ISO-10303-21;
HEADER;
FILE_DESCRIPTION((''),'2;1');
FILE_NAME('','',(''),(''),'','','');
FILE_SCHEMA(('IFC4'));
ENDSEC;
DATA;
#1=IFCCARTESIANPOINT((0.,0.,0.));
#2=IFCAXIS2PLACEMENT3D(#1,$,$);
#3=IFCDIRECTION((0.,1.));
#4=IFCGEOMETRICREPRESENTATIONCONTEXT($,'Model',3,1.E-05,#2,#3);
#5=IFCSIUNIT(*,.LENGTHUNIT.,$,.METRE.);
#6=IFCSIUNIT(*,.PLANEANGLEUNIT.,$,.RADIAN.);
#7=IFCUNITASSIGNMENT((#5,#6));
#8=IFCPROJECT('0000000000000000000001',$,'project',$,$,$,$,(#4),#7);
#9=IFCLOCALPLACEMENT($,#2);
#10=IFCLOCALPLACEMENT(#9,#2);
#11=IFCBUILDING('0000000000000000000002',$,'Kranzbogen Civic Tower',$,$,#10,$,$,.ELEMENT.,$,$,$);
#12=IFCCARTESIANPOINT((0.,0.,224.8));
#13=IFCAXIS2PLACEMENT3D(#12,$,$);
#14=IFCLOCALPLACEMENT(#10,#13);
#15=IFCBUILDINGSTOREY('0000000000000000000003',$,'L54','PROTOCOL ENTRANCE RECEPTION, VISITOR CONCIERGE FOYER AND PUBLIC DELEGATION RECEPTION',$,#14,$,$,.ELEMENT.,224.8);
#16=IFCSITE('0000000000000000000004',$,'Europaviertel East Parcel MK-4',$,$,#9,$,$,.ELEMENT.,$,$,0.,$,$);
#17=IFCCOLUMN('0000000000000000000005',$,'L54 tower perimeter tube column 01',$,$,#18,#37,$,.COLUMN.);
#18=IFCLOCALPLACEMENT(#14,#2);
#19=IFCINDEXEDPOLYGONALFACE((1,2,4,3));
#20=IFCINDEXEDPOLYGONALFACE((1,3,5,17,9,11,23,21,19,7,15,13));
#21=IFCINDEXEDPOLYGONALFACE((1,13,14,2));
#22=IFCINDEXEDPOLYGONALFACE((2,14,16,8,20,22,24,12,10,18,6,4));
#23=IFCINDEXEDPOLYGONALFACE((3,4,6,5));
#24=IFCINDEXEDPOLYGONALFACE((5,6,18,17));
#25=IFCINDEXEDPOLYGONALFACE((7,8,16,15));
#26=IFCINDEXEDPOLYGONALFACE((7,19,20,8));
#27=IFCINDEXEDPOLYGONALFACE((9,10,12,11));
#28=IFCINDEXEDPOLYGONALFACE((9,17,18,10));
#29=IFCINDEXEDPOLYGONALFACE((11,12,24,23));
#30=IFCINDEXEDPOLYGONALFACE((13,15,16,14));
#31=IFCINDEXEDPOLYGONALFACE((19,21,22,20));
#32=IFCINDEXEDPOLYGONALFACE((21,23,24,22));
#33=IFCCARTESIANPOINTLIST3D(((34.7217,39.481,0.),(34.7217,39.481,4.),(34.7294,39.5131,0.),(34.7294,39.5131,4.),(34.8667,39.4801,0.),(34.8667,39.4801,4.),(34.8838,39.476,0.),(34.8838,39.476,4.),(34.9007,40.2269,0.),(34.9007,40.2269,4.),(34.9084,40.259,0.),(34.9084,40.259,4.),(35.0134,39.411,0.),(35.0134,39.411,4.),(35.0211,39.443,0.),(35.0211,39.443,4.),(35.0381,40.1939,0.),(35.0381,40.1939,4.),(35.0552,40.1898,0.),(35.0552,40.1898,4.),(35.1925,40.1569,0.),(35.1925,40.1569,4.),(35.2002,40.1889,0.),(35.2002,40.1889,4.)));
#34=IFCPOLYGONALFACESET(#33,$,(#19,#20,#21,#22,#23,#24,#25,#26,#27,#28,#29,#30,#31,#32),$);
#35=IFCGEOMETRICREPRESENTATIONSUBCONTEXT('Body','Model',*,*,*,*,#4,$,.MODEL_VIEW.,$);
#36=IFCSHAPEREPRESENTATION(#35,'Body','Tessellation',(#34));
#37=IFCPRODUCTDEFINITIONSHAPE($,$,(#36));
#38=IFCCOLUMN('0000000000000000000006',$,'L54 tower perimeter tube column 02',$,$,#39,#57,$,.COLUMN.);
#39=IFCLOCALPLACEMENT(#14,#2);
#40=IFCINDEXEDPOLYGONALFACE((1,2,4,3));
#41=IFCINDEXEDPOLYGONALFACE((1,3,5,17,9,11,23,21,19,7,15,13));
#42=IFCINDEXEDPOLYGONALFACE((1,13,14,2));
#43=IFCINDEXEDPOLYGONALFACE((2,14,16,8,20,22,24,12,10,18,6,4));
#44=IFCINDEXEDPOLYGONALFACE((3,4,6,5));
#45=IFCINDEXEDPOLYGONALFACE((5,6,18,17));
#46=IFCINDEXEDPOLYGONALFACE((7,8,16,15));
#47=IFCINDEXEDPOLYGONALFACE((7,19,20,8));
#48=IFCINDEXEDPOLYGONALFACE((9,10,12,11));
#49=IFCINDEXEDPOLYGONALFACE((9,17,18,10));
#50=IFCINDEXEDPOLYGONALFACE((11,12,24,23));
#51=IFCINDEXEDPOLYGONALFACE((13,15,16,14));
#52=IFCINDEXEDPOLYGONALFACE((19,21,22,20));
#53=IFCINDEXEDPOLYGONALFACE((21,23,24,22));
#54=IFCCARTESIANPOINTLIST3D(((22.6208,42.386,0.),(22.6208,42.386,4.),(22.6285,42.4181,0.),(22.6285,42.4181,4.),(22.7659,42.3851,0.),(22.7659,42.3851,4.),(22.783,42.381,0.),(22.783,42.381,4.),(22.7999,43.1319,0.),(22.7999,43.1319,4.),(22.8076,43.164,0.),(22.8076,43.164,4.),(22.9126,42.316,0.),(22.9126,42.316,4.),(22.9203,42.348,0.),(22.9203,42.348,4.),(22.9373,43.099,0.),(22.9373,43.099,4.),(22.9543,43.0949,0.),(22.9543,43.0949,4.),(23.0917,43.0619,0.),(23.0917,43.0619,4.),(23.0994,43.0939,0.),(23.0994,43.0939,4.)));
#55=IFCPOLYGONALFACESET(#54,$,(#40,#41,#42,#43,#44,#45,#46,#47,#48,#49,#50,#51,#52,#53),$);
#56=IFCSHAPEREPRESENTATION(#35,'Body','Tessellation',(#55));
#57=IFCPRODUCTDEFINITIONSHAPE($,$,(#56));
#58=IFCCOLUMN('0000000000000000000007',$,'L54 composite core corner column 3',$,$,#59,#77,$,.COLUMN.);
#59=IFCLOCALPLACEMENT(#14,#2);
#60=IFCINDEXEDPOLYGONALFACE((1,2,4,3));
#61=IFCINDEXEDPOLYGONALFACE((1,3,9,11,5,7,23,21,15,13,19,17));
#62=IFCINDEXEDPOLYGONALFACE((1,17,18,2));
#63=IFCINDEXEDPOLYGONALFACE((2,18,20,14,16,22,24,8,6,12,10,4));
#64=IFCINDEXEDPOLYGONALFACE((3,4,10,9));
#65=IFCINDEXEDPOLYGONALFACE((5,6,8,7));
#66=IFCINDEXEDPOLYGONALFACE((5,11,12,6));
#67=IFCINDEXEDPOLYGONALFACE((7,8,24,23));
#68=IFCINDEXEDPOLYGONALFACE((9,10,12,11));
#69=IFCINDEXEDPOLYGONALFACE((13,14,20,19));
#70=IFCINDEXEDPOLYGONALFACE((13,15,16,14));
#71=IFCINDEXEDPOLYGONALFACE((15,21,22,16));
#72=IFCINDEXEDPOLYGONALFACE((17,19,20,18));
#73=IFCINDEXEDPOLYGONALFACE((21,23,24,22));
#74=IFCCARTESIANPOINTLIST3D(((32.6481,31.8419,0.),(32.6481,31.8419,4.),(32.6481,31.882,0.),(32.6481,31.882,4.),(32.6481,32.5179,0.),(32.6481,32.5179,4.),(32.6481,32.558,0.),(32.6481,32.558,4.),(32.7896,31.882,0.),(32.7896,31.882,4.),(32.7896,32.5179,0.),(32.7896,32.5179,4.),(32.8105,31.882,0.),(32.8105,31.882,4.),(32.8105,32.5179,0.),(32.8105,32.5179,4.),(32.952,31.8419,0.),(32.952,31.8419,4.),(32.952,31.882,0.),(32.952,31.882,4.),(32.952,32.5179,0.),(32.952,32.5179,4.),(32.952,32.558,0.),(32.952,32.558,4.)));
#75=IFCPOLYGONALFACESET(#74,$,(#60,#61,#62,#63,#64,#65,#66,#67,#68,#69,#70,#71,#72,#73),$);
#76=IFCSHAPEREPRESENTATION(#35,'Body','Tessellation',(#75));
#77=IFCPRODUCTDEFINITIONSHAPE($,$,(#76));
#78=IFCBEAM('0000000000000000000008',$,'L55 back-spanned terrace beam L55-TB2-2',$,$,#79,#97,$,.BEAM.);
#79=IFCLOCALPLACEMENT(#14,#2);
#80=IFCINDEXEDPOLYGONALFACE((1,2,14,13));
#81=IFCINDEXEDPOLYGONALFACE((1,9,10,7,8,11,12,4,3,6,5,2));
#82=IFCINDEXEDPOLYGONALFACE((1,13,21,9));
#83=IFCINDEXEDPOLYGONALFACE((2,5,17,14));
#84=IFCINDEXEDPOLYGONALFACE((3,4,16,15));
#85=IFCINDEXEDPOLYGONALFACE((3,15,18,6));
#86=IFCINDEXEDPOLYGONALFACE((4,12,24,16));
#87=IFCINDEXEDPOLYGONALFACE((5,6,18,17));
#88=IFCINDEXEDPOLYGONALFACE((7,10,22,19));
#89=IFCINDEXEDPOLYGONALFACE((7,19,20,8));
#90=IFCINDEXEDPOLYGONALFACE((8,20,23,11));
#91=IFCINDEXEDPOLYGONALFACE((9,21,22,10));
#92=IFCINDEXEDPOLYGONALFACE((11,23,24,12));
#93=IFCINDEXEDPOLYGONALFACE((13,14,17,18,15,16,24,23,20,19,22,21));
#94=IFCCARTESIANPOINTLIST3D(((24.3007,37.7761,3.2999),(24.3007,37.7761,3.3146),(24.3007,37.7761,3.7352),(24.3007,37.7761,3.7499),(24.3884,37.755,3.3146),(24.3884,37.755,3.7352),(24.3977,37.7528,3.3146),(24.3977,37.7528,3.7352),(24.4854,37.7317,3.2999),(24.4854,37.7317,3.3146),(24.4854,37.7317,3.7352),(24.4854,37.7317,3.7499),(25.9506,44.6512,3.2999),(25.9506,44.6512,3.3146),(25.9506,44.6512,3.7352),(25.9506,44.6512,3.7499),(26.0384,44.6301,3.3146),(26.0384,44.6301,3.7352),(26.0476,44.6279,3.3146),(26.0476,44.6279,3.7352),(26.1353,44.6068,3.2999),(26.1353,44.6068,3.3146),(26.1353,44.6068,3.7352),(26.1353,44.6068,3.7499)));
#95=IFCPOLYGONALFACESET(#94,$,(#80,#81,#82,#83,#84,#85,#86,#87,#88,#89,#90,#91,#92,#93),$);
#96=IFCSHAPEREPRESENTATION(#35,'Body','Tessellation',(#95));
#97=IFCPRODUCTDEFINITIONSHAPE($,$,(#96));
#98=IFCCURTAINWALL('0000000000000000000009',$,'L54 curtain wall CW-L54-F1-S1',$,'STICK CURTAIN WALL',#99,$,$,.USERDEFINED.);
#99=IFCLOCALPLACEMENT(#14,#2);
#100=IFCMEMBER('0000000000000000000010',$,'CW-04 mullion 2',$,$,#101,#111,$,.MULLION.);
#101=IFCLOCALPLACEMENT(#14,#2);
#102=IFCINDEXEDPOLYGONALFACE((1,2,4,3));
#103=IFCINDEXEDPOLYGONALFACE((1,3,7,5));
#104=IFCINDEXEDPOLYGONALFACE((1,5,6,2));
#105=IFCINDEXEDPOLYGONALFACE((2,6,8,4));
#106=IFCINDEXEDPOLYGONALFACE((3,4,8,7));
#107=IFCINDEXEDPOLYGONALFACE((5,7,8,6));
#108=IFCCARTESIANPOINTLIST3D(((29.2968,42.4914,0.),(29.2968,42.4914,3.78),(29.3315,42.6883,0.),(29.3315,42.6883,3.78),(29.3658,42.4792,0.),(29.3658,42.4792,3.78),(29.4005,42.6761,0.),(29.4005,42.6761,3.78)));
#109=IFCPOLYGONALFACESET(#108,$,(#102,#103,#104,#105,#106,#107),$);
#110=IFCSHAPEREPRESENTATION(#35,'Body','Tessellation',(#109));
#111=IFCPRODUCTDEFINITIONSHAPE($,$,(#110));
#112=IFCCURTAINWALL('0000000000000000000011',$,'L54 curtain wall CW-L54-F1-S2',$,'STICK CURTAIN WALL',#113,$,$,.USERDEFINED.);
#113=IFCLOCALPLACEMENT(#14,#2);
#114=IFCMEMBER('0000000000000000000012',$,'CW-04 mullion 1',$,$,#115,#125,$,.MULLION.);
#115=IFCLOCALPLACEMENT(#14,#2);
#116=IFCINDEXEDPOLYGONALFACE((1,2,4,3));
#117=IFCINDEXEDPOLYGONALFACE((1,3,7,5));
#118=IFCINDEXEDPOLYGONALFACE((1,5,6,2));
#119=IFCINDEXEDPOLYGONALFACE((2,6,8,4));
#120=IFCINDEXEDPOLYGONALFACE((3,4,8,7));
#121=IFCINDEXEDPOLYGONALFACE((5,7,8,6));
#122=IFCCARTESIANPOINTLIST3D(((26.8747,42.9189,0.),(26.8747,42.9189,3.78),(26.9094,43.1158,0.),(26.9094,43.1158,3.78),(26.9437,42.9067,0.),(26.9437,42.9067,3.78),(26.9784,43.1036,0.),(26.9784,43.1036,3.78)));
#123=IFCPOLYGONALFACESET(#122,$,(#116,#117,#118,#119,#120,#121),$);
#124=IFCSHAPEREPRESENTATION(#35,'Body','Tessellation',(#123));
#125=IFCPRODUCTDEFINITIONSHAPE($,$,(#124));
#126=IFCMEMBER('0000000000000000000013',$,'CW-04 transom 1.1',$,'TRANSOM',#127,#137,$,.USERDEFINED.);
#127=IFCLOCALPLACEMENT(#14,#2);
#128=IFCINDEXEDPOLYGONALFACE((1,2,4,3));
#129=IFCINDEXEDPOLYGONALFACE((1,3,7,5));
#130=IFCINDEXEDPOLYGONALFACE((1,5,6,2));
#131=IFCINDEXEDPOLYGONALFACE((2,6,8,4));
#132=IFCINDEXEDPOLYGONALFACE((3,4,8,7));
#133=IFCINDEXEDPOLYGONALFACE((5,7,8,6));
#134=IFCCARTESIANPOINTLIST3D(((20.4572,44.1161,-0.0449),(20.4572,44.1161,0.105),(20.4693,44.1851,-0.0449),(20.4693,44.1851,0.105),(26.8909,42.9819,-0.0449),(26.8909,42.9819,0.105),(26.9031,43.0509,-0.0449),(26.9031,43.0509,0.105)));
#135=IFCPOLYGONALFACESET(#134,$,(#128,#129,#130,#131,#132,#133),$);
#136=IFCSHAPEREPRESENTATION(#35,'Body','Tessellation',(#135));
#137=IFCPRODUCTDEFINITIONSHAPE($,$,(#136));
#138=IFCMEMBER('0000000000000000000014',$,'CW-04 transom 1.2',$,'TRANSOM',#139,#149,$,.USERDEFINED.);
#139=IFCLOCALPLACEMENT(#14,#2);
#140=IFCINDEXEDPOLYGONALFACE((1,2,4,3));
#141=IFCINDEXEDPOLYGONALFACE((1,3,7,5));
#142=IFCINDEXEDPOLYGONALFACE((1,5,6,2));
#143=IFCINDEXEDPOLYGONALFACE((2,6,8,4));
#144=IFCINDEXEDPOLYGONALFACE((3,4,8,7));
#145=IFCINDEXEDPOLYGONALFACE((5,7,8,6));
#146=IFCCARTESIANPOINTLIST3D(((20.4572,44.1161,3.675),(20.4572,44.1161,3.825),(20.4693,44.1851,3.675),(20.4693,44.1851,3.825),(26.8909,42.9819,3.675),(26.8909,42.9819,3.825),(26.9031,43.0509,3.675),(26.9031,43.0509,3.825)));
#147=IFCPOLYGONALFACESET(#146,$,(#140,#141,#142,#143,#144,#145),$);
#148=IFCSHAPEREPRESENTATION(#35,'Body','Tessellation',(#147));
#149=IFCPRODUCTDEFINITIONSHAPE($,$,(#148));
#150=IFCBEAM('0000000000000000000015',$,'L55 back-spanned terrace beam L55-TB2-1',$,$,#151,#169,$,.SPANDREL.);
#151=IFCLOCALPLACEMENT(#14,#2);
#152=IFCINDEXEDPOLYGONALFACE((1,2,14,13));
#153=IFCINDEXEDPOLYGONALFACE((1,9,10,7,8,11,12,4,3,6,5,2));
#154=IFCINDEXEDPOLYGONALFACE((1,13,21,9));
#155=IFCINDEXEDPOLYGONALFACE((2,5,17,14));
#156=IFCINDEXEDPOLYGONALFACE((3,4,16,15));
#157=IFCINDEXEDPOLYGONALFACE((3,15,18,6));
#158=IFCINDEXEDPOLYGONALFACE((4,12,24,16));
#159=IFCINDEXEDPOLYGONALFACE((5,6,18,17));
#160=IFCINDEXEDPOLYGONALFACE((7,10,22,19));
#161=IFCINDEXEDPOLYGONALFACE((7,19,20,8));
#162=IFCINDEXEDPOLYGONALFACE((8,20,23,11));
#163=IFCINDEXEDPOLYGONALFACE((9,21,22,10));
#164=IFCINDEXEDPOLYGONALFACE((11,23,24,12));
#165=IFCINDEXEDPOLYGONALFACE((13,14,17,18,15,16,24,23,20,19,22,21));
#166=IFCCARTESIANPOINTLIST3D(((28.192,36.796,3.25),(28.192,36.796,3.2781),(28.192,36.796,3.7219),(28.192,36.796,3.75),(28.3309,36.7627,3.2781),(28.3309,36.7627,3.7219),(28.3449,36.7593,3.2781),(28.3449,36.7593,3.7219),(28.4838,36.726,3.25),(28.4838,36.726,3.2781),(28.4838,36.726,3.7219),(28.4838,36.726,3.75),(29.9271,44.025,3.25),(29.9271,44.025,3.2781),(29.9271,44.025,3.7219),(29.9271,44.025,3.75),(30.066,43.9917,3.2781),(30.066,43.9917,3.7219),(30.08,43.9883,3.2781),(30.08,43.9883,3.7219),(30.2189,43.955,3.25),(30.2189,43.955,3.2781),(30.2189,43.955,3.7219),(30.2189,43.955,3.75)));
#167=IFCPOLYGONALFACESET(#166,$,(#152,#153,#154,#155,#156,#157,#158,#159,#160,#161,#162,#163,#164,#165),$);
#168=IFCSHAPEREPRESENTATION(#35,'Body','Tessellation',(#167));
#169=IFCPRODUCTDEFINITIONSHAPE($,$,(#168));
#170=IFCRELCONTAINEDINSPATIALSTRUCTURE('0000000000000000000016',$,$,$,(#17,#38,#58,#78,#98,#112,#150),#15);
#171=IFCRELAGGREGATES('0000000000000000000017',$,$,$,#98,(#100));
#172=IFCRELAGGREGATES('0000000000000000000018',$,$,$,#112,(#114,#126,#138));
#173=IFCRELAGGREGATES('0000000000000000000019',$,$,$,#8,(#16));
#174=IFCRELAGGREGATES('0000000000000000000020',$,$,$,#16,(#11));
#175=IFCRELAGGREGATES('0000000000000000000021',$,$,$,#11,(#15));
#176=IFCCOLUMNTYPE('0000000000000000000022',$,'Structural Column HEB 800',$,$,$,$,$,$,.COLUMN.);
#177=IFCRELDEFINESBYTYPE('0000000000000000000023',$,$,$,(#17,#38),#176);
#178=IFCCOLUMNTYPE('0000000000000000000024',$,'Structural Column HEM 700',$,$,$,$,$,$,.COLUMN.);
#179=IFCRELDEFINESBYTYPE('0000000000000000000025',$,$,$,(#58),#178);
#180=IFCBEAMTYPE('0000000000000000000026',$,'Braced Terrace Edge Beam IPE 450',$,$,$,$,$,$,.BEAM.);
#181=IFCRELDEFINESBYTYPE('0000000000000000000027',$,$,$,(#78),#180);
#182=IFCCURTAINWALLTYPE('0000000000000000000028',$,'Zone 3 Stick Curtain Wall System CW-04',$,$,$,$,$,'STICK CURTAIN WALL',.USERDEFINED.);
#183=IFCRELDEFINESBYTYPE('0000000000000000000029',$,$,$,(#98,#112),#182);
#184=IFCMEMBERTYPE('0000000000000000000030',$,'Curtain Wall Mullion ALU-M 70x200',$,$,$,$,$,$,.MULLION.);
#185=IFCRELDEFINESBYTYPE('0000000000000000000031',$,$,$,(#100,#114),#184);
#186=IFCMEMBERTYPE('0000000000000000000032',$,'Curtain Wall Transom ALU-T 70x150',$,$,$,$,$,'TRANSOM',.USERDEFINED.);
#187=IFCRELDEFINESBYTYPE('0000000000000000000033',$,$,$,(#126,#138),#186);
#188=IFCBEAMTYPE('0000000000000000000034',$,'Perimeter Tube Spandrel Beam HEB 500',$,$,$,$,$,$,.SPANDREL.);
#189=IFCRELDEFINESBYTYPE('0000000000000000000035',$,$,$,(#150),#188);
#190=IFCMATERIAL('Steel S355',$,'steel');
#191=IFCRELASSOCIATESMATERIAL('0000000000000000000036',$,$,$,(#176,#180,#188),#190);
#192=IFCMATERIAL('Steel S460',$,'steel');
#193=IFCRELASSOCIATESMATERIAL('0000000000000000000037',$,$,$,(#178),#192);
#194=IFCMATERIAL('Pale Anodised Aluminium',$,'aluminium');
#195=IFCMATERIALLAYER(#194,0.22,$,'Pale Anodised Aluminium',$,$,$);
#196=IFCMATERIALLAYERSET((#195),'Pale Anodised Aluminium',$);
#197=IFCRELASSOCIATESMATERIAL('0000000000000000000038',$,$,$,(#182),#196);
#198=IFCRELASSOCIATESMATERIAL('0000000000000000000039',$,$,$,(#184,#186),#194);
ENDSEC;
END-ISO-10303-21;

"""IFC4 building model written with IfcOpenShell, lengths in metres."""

from ifc_helpers import new_model, si_unit, direction, frame, origin, origin_2d, place, context, subcontext, project, spatial, rectangle, i_section, extrude, material, layer, layer_set, material_profile, profile_set, type_object, element, aggregate, save


model = new_model("IFC4")

# Units and contexts
model_context = context("Model", 3, precision=1e-05, world=origin(), true_north=direction((0.0, 1.0)))
body_context = subcontext(model_context, "Body", "Model", "MODEL_VIEW")
ifc_project = project(units=[si_unit("LENGTHUNIT", "METRE"), si_unit("PLANEANGLEUNIT", "RADIAN")], contexts=[model_context])

# Site, building, storey
site_placement = place(None, origin())
site = spatial("IfcSite", under=ifc_project, at=site_placement, Name="Europaviertel East Parcel MK-4", CompositionType="ELEMENT", RefElevation=0.0)
building_placement = place(site_placement, origin())
building = spatial("IfcBuilding", under=site, at=building_placement, Name="Kranzbogen Civic Tower", CompositionType="ELEMENT")
storey_placement = place(building_placement, frame((0.0, 0.0, 224.8)))
storey = spatial("IfcBuildingStorey", under=building, at=storey_placement, Name="L54", Description="PROTOCOL ENTRANCE RECEPTION, VISITOR CONCIERGE FOYER AND PUBLIC DELEGATION RECEPTION", CompositionType="ELEMENT", Elevation=224.8)

# Columns
ifc_material_1 = material(Name="Steel S355", Category="steel")
ifc_material_profile_1 = material_profile(ifc_material_1, i_section(OverallWidth=0.3, OverallDepth=0.8, WebThickness=0.0176, FlangeThickness=0.033, at=origin_2d()), Name="HEB 800")
ifc_profile_set_1 = profile_set([ifc_material_profile_1], Name="Steel S355")
column_type_1 = type_object("IfcColumnType", Name="Structural Column HEB 800", PredefinedType="COLUMN", material=ifc_profile_set_1)
for number, where, z_axis, x_axis, name in (
    (1, (34.9609, 39.835, 0.0), (0.0, 0.0, 1.0), (-0.97237, 0.233445, 0.0), "L54 tower perimeter tube column 01"),
    (2, (22.8601, 42.74, 0.0), (0.0, 0.0, 1.0), (-0.97237, 0.233445, 0.0), "L54 tower perimeter tube column 02"),
):
    element("IfcColumn", number, at=place(storey_placement, frame(where, z_axis=z_axis, x_axis=x_axis)), inside=storey, type_object=column_type_1, Name=name, PredefinedType="COLUMN", context=body_context, shape_type="SweptSolid", body=[
        extrude(i_section(OverallWidth=0.3, OverallDepth=0.8, WebThickness=0.0176, FlangeThickness=0.033, at=origin_2d()), origin(), (0.0, 0.0, 1.0), 4.0),
    ])
ifc_material_2 = material(Name="Steel S460", Category="steel")
ifc_material_profile_2 = material_profile(ifc_material_2, i_section(OverallWidth=0.304, OverallDepth=0.7161, WebThickness=0.021, FlangeThickness=0.04, at=origin_2d()), Name="HEM 700")
ifc_profile_set_2 = profile_set([ifc_material_profile_2], Name="Steel S460")
column_type_2 = type_object("IfcColumnType", Name="Structural Column HEM 700", PredefinedType="COLUMN", material=ifc_profile_set_2)
column_placement = place(storey_placement, frame((32.8, 32.2, 0.0), z_axis=(0.0, 0.0, 1.0), x_axis=(1.0, 0.0, 0.0)))
element("IfcColumn", 3, at=column_placement, inside=storey, type_object=column_type_2, Name="L54 composite core corner column 3", PredefinedType="COLUMN", context=body_context, shape_type="SweptSolid", body=[
    extrude(i_section(OverallWidth=0.304, OverallDepth=0.7161, WebThickness=0.021, FlangeThickness=0.04, at=origin_2d()), origin(), (0.0, 0.0, 1.0), 4.0),
])

# Beam
ifc_material_profile_3 = material_profile(ifc_material_1, i_section(OverallWidth=0.1899, OverallDepth=0.45, WebThickness=0.0095, FlangeThickness=0.0146, at=origin_2d()), Name="IPE 450")
ifc_profile_set_3 = profile_set([ifc_material_profile_3], Name="Steel S355")
beam_type_1 = type_object("IfcBeamType", Name="Braced Terrace Edge Beam IPE 450", PredefinedType="BEAM", material=ifc_profile_set_3)
beam_1_placement = place(storey_placement, frame((24.3931, 37.7539, 3.5249), z_axis=(0.23336, 0.97239, 0.0), x_axis=(-0.97239, 0.23336, 0.0)))
element("IfcBeam", 4, at=beam_1_placement, inside=storey, type_object=beam_type_1, Name="L55 back-spanned terrace beam L55-TB2-2", PredefinedType="BEAM", context=body_context, shape_type="SweptSolid", body=[
    extrude(i_section(OverallWidth=0.1899, OverallDepth=0.45, WebThickness=0.0095, FlangeThickness=0.0146, at=origin_2d()), origin(), (0.0, 0.0, 1.0), 7.0703),
])

# Curtain wall, member
ifc_material_3 = material(Name="Pale Anodised Aluminium", Category="aluminium")
ifc_layer_1 = layer(ifc_material_3, 0.22, Name="Pale Anodised Aluminium")
ifc_layer_set_1 = layer_set([ifc_layer_1], Name="Pale Anodised Aluminium")
curtain_wall_type = type_object("IfcCurtainWallType", Name="Zone 3 Stick Curtain Wall System CW-04", ElementType="STICK CURTAIN WALL", PredefinedType="USERDEFINED", material=ifc_layer_set_1)
curtain_wall_1_placement = place(storey_placement, origin())
curtain_wall_1 = element("IfcCurtainWall", 5, at=curtain_wall_1_placement, inside=storey, type_object=curtain_wall_type, Name="L54 curtain wall CW-L54-F1-S1", ObjectType="STICK CURTAIN WALL", PredefinedType="USERDEFINED")
ifc_material_profile_4 = material_profile(ifc_material_3, rectangle(XDim=0.0701, YDim=0.2, at=origin_2d()), Name="ALU-M 70x200")
ifc_profile_set_4 = profile_set([ifc_material_profile_4], Name="Pale Anodised Aluminium")
member_type_1 = type_object("IfcMemberType", Name="Curtain Wall Mullion ALU-M 70x200", PredefinedType="MULLION", material=ifc_profile_set_4)
member_1_placement = place(storey_placement, frame((29.3486, 42.5837, 0.0), z_axis=(0.0, 0.0, 1.0), x_axis=(-0.984799, 0.1737, 0.0)))
member_1 = element("IfcMember", 6, at=member_1_placement, type_object=member_type_1, Name="CW-04 mullion 2", PredefinedType="MULLION", context=body_context, shape_type="SweptSolid", body=[
    extrude(rectangle(XDim=0.0701, YDim=0.2, at=origin_2d()), origin(), (0.0, 0.0, 1.0), 3.78),
])

# Curtain wall, members
curtain_wall_2_placement = place(storey_placement, origin())
curtain_wall_2 = element("IfcCurtainWall", 7, at=curtain_wall_2_placement, inside=storey, type_object=curtain_wall_type, Name="L54 curtain wall CW-L54-F1-S2", ObjectType="STICK CURTAIN WALL", PredefinedType="USERDEFINED")
member_2_placement = place(storey_placement, frame((26.9265, 43.0112, 0.0), z_axis=(0.0, 0.0, 1.0), x_axis=(-0.984815, 0.173605, 0.0)))
member_2 = element("IfcMember", 8, at=member_2_placement, type_object=member_type_1, Name="CW-04 mullion 1", PredefinedType="MULLION", context=body_context, shape_type="SweptSolid", body=[
    extrude(rectangle(XDim=0.0701, YDim=0.2, at=origin_2d()), origin(), (0.0, 0.0, 1.0), 3.78),
])
ifc_material_profile_5 = material_profile(ifc_material_3, rectangle(XDim=0.0701, YDim=0.1499, at=origin_2d()), Name="ALU-T 70x150")
ifc_profile_set_5 = profile_set([ifc_material_profile_5], Name="Pale Anodised Aluminium")
member_type_2 = type_object("IfcMemberType", Name="Curtain Wall Transom ALU-T 70x150", ElementType="TRANSOM", PredefinedType="USERDEFINED", material=ifc_profile_set_5)
member_3_placement = place(storey_placement, frame((26.897, 43.0164, 0.03), z_axis=(-0.984813, 0.173621, 0.0), x_axis=(-0.173621, -0.984813, 0.0)))
member_3 = element("IfcMember", 9, at=member_3_placement, type_object=member_type_2, Name="CW-04 transom 1.1", ObjectType="TRANSOM", PredefinedType="USERDEFINED", context=body_context, shape_type="SweptSolid", body=[
    extrude(rectangle(XDim=0.0701, YDim=0.1499, at=origin_2d()), origin(), (0.0, 0.0, 1.0), 6.533),
])
member_4_placement = place(storey_placement, frame((26.897, 43.0164, 3.75), z_axis=(-0.984813, 0.173621, 0.0), x_axis=(-0.173621, -0.984813, 0.0)))
member_4 = element("IfcMember", 10, at=member_4_placement, type_object=member_type_2, Name="CW-04 transom 1.2", ObjectType="TRANSOM", PredefinedType="USERDEFINED", context=body_context, shape_type="SweptSolid", body=[
    extrude(rectangle(XDim=0.0701, YDim=0.1499, at=origin_2d()), origin(), (0.0, 0.0, 1.0), 6.533),
])

# Beam
ifc_material_profile_6 = material_profile(ifc_material_1, i_section(OverallWidth=0.3, OverallDepth=0.5, WebThickness=0.0144, FlangeThickness=0.0281, at=origin_2d()), Name="HEB 500")
ifc_profile_set_6 = profile_set([ifc_material_profile_6], Name="Steel S355")
beam_type_2 = type_object("IfcBeamType", Name="Perimeter Tube Spandrel Beam HEB 500", PredefinedType="SPANDREL", material=ifc_profile_set_6)
beam_2_placement = place(storey_placement, frame((28.3379, 36.761, 3.5), z_axis=(0.233392, 0.972383, 0.0), x_axis=(-0.972383, 0.233392, 0.0)))
element("IfcBeam", 11, at=beam_2_placement, inside=storey, type_object=beam_type_2, Name="L55 back-spanned terrace beam L55-TB2-1", PredefinedType="SPANDREL", context=body_context, shape_type="SweptSolid", body=[
    extrude(i_section(OverallWidth=0.3, OverallDepth=0.5, WebThickness=0.0144, FlangeThickness=0.0281, at=origin_2d()), origin(), (0.0, 0.0, 1.0), 7.4343),
])

aggregate(curtain_wall_1, [member_1])
aggregate(curtain_wall_2, [member_2, member_3, member_4])

save(model, "model.ifc")
